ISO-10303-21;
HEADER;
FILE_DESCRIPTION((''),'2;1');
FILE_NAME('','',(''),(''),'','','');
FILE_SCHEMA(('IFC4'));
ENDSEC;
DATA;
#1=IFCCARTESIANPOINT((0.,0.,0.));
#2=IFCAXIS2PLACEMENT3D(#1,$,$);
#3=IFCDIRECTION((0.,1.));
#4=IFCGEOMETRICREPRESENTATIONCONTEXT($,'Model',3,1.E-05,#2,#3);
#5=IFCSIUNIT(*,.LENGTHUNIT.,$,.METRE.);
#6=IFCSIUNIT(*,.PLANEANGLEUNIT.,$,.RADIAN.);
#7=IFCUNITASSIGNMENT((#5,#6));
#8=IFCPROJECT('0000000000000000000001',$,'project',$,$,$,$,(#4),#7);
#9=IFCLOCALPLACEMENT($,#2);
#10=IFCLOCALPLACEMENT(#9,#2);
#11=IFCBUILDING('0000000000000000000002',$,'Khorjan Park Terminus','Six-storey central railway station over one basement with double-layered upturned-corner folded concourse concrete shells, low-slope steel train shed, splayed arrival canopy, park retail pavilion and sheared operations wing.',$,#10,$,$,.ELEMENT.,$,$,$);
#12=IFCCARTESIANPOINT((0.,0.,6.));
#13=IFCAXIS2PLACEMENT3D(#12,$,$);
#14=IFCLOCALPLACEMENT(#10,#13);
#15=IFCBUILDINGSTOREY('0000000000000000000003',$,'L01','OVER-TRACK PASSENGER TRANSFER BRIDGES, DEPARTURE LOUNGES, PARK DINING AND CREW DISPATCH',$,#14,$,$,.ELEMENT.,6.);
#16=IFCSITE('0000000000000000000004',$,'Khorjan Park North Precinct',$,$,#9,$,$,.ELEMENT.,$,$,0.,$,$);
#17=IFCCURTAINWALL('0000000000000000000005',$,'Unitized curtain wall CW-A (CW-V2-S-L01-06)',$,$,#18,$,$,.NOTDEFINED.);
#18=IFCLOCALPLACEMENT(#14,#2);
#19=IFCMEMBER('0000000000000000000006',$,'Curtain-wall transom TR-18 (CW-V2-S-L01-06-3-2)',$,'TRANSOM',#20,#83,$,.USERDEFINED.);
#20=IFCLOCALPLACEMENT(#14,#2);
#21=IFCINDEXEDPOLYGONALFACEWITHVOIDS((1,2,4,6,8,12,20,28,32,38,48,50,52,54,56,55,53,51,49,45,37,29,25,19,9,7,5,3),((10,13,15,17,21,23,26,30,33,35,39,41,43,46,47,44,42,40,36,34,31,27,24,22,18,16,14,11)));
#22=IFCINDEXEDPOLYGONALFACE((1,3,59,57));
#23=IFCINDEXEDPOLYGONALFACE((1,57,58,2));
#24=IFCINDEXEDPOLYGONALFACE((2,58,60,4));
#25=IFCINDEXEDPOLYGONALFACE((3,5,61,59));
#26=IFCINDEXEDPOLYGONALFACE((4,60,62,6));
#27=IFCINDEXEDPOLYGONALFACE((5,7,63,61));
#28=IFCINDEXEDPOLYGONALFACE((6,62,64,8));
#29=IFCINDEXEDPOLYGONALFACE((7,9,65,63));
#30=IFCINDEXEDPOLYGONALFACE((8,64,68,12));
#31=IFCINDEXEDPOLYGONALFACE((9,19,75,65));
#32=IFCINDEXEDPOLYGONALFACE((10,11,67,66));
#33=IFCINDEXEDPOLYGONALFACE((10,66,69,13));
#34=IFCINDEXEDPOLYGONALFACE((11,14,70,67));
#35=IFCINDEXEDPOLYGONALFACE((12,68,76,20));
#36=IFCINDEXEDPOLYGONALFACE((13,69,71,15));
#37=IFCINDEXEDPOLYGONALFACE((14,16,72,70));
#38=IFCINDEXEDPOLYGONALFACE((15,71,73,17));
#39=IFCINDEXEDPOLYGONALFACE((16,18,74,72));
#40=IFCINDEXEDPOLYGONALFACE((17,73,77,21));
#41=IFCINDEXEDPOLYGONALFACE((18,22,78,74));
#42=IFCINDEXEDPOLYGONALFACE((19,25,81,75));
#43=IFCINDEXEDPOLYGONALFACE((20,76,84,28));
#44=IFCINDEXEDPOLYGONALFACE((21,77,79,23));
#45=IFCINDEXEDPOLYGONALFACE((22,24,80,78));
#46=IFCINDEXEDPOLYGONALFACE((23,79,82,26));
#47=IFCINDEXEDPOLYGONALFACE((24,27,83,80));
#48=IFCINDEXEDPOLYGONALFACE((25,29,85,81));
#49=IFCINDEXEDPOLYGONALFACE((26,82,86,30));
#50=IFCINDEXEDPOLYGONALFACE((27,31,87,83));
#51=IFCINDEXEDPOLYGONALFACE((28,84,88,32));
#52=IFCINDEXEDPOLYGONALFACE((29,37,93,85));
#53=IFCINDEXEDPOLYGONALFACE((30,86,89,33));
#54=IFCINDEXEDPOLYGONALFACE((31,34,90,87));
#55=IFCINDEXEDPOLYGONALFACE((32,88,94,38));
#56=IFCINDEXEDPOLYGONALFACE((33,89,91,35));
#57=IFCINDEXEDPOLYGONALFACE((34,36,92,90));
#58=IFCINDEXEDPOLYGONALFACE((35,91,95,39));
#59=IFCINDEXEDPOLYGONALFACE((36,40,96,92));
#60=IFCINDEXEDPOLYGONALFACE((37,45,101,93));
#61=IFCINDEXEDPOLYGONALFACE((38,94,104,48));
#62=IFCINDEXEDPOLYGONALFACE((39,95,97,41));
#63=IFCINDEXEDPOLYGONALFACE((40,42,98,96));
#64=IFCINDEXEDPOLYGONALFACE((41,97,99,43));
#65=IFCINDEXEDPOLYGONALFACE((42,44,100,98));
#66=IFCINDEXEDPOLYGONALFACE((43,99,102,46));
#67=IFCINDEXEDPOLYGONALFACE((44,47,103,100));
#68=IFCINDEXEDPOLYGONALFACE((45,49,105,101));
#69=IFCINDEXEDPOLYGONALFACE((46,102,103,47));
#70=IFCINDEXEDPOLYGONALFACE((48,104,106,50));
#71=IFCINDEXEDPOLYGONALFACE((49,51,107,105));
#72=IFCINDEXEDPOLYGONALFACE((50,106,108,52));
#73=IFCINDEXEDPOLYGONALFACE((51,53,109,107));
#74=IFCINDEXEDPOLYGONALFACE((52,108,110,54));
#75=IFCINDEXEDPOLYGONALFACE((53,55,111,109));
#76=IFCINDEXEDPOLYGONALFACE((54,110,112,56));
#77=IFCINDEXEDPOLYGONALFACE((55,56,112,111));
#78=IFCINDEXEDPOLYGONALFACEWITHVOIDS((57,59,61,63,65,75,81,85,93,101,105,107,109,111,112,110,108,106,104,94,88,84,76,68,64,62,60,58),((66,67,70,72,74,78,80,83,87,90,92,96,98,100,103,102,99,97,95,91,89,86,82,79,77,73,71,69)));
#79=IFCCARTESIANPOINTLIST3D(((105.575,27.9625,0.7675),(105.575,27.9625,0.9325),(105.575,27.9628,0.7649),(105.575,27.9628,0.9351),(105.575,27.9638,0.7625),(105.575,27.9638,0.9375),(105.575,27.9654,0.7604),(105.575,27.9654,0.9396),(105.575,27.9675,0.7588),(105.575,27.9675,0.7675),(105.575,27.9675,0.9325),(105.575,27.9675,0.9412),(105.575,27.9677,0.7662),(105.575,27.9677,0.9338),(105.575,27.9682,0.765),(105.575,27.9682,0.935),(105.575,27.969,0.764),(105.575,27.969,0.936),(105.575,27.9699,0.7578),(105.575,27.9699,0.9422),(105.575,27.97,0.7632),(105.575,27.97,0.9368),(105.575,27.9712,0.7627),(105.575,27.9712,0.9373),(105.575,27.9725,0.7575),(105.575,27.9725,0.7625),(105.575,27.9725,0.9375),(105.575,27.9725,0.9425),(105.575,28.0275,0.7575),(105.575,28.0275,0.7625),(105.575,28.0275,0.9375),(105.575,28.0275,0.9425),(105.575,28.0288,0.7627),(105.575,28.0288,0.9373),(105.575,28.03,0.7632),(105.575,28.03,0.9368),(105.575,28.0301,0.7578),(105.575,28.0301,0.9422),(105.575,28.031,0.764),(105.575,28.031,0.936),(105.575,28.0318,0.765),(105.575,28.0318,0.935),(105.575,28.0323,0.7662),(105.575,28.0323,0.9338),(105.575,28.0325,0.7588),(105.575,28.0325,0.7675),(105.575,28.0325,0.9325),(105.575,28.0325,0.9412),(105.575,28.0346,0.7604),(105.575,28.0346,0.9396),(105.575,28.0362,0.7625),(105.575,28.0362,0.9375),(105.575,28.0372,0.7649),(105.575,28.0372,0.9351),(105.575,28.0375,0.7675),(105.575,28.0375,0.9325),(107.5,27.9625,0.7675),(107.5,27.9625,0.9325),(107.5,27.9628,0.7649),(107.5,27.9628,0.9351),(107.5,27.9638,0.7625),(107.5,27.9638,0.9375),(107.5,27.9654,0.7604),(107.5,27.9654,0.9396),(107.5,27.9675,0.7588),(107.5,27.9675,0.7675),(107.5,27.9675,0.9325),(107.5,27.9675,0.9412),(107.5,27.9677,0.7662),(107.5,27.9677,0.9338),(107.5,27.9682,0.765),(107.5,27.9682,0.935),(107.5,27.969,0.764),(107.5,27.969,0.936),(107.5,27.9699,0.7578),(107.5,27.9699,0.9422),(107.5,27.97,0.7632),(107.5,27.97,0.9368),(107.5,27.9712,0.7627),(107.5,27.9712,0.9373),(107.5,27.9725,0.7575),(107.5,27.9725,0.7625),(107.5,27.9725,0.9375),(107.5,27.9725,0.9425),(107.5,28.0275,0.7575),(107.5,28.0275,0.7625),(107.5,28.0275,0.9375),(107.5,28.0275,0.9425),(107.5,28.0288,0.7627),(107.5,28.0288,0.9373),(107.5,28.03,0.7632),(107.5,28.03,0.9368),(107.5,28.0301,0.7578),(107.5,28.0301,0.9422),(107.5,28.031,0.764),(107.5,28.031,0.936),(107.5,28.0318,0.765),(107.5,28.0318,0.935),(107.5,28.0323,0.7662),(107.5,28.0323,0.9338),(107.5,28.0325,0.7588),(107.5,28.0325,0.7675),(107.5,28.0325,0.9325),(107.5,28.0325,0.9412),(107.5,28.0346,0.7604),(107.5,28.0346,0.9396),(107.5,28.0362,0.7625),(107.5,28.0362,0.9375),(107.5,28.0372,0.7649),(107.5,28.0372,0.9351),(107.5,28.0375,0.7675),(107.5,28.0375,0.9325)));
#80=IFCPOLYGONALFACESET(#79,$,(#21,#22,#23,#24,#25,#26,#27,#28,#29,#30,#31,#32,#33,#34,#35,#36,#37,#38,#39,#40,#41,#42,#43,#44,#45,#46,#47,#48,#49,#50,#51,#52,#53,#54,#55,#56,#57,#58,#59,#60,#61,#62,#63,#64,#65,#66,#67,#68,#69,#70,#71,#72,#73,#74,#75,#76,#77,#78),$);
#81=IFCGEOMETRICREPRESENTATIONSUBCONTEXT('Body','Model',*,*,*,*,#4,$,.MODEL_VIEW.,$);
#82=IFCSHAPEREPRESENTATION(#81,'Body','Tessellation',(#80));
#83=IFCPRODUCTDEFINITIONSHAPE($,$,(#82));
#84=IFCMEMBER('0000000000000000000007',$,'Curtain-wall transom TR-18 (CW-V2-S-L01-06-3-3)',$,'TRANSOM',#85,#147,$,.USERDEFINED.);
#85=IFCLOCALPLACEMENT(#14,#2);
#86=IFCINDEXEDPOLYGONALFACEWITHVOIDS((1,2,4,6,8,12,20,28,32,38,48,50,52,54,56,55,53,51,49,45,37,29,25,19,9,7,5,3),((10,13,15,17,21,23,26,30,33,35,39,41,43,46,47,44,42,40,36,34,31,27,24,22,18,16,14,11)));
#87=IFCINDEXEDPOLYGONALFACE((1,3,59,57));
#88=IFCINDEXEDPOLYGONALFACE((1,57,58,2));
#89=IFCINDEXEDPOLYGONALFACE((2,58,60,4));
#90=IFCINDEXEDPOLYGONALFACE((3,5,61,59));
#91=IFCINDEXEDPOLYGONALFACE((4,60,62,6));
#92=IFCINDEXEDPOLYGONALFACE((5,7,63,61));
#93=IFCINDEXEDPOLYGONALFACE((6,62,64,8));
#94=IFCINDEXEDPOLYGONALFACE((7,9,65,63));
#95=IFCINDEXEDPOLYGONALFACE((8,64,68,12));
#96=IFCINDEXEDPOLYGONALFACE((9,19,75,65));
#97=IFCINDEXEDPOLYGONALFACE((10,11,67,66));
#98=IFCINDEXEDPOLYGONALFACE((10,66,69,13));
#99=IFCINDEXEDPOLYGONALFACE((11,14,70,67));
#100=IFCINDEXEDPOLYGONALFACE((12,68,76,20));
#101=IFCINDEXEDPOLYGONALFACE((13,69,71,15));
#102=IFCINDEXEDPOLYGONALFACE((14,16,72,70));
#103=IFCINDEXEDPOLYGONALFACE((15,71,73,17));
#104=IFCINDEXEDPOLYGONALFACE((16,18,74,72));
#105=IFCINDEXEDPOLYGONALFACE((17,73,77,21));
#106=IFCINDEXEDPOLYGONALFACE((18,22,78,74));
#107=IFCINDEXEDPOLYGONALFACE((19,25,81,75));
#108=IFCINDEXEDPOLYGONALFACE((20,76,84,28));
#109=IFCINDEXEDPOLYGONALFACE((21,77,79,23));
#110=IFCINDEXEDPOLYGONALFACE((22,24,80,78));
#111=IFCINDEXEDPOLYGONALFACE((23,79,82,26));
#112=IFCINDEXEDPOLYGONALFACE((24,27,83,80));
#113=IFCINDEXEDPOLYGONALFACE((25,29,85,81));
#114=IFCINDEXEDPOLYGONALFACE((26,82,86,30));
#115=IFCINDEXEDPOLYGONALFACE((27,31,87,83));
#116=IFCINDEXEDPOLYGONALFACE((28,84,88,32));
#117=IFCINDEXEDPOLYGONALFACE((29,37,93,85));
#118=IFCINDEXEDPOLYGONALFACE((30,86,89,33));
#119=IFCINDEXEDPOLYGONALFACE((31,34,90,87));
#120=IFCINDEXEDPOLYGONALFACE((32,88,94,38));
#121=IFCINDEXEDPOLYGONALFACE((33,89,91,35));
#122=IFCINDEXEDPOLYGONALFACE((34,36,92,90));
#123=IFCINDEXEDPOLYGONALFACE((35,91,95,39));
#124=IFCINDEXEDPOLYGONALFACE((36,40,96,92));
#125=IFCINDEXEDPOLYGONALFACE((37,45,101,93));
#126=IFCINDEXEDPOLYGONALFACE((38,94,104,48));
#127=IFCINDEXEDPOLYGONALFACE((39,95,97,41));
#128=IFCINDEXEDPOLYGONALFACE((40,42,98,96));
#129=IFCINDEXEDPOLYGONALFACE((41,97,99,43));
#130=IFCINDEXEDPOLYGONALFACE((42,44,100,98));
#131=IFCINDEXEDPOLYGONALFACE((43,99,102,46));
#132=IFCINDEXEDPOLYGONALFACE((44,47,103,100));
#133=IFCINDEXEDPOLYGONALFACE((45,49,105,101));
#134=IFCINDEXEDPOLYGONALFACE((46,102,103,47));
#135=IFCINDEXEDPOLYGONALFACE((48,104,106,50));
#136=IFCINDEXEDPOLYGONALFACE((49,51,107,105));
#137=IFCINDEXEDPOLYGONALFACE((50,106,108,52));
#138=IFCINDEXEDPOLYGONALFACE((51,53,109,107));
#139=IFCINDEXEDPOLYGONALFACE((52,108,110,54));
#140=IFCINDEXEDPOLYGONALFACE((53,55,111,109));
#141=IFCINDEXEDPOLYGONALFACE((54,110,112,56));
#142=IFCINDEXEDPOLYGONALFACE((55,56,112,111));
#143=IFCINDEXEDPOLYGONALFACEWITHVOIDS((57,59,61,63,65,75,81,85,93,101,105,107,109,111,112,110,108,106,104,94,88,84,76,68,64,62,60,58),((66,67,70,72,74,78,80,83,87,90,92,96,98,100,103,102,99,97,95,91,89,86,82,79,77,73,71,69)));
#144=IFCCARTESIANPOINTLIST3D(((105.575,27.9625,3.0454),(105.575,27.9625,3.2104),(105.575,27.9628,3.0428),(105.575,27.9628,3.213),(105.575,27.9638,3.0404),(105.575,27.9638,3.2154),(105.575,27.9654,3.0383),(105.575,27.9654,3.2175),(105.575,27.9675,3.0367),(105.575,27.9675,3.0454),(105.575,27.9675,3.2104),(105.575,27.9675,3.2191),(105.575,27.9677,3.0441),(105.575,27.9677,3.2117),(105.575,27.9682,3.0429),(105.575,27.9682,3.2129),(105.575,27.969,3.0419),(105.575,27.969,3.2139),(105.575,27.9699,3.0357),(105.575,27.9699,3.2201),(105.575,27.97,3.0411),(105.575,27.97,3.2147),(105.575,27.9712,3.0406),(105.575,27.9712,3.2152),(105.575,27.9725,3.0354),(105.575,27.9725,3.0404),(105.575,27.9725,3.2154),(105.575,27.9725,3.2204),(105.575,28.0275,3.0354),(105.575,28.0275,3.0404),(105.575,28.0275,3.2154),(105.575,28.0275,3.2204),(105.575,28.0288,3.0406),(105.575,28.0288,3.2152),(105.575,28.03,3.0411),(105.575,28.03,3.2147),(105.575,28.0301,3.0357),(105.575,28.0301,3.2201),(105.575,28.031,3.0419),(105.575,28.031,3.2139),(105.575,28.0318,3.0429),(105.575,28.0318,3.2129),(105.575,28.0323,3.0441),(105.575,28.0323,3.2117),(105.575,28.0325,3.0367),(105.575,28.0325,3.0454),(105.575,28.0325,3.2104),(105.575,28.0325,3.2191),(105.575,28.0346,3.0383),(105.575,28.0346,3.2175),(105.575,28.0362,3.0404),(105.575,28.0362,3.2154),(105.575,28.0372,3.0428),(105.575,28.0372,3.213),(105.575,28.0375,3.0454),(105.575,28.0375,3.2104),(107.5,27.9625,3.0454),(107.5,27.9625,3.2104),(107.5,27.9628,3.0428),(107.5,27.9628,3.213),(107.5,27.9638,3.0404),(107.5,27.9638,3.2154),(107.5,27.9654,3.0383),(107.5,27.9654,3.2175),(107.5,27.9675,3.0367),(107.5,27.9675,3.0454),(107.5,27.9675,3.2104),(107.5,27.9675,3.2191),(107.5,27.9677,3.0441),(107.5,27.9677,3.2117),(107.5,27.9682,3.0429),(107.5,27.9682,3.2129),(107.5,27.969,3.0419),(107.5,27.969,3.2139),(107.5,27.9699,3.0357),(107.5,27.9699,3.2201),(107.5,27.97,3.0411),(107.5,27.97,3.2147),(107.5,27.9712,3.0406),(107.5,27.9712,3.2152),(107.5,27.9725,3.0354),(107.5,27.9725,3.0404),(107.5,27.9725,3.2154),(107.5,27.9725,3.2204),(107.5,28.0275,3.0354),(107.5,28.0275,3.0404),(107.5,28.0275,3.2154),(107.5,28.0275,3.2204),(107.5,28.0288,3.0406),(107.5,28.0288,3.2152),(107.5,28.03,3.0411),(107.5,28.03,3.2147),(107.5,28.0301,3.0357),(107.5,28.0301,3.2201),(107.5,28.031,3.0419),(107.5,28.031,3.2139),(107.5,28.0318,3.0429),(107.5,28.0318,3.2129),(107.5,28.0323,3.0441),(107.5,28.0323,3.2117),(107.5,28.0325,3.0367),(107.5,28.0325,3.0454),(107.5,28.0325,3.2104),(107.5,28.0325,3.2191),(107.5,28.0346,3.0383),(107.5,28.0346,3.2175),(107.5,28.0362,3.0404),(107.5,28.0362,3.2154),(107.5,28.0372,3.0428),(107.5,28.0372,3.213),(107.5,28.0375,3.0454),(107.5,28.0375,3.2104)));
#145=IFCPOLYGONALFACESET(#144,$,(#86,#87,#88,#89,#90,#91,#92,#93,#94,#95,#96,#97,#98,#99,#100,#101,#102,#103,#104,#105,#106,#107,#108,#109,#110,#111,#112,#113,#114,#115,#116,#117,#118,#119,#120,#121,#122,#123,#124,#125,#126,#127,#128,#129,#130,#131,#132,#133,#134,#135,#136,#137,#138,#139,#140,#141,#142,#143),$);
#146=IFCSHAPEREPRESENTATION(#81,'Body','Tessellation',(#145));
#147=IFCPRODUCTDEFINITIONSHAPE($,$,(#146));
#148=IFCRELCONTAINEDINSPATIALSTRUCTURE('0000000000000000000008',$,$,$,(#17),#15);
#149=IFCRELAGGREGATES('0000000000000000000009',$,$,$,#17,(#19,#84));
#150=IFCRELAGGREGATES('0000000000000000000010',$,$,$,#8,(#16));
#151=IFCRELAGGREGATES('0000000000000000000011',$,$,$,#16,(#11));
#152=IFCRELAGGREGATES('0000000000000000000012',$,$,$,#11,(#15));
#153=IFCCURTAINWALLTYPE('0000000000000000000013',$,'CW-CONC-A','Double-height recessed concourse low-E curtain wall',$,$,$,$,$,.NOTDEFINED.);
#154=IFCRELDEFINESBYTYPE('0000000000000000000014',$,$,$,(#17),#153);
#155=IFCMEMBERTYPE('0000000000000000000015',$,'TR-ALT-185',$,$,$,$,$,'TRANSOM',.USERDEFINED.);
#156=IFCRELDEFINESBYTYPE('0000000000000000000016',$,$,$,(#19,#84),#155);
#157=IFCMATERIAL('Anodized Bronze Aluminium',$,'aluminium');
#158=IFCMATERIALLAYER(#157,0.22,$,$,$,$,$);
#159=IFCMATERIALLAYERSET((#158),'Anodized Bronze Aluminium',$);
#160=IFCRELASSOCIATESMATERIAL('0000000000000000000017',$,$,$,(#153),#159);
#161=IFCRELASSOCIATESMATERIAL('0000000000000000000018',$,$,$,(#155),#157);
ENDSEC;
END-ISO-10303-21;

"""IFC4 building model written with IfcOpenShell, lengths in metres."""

from ifc_helpers import new_model, si_unit, direction, frame, origin, origin_2d, place, context, subcontext, project, spatial, hollow_rectangle, extrude, material, layer, layer_set, material_profile, profile_set, type_object, element, aggregate, save


model = new_model("IFC4")

# Units and contexts
model_context = context("Model", 3, precision=1e-05, world=origin(), true_north=direction((0.0, 1.0)))
body_context = subcontext(model_context, "Body", "Model", "MODEL_VIEW")
ifc_project = project(units=[si_unit("LENGTHUNIT", "METRE"), si_unit("PLANEANGLEUNIT", "RADIAN")], contexts=[model_context])

# Site, building, storey
site_placement = place(None, origin())
site = spatial("IfcSite", under=ifc_project, at=site_placement, Name="Khorjan Park North Precinct", CompositionType="ELEMENT", RefElevation=0.0)
building_placement = place(site_placement, origin())
building = spatial("IfcBuilding", under=site, at=building_placement, Name="Khorjan Park Terminus", Description="Six-storey central railway station over one basement with double-layered upturned-corner folded concourse concrete shells, low-slope steel train shed, splayed arrival canopy, park retail pavilion and sheared operations wing.", CompositionType="ELEMENT")
storey_placement = place(building_placement, frame((0.0, 0.0, 6.0)))
storey = spatial("IfcBuildingStorey", under=building, at=storey_placement, Name="L01", Description="OVER-TRACK PASSENGER TRANSFER BRIDGES, DEPARTURE LOUNGES, PARK DINING AND CREW DISPATCH", CompositionType="ELEMENT", Elevation=6.0)

# Shared definitions
ifc_material_1 = material(Name="Anodized Bronze Aluminium", Category="aluminium")
ifc_layer_1 = layer(ifc_material_1, 0.22)
ifc_layer_set_1 = layer_set([ifc_layer_1], Name="Anodized Bronze Aluminium")
curtain_wall_type = type_object("IfcCurtainWallType", Name="CW-CONC-A", Description="Double-height recessed concourse low-E curtain wall", PredefinedType="NOTDEFINED", material=ifc_layer_set_1)

# Curtain wall, members
curtain_wall_1_placement = place(storey_placement, origin())
curtain_wall_1 = element("IfcCurtainWall", 1, at=curtain_wall_1_placement, inside=storey, type_object=curtain_wall_type, Name="Unitized curtain wall CW-A (CW-V2-S-L01-06)", PredefinedType="NOTDEFINED")
ifc_material_profile_1 = material_profile(ifc_material_1, hollow_rectangle(XDim=0.075, YDim=0.185, WallThickness=0.005, InnerFilletRadius=0.005, OuterFilletRadius=0.01, at=origin_2d()), Name="ALT 75x185x5")
ifc_profile_set_1 = profile_set([ifc_material_profile_1], Name="Anodized Bronze Aluminium")
member_type_1 = type_object("IfcMemberType", Name="TR-ALT-185", ElementType="TRANSOM", PredefinedType="USERDEFINED", material=ifc_profile_set_1)
member_1_placement = place(storey_placement, frame((105.575, 28.0, 0.85), z_axis=(1.0, 0.0, 0.0), x_axis=(0.0, 1.0, 0.0)))
member_1 = element("IfcMember", 2, at=member_1_placement, type_object=member_type_1, Name="Curtain-wall transom TR-18 (CW-V2-S-L01-06-3-2)", ObjectType="TRANSOM", PredefinedType="USERDEFINED", context=body_context, shape_type="SweptSolid", body=[
    extrude(hollow_rectangle(XDim=0.075, YDim=0.185, WallThickness=0.005, InnerFilletRadius=0.005, OuterFilletRadius=0.01, at=origin_2d()), origin(), (0.0, 0.0, 1.0), 1.925),
])
member_2_placement = place(storey_placement, frame((105.575, 28.0, 3.1279), z_axis=(1.0, 0.0, 0.0), x_axis=(0.0, 1.0, 0.0)))
member_2 = element("IfcMember", 3, at=member_2_placement, type_object=member_type_1, Name="Curtain-wall transom TR-18 (CW-V2-S-L01-06-3-3)", ObjectType="TRANSOM", PredefinedType="USERDEFINED", context=body_context, shape_type="SweptSolid", body=[
    extrude(hollow_rectangle(XDim=0.075, YDim=0.185, WallThickness=0.005, InnerFilletRadius=0.005, OuterFilletRadius=0.01, at=origin_2d()), origin(), (0.0, 0.0, 1.0), 1.925),
])

aggregate(curtain_wall_1, [member_1, member_2])

save(model, "model.ifc")
